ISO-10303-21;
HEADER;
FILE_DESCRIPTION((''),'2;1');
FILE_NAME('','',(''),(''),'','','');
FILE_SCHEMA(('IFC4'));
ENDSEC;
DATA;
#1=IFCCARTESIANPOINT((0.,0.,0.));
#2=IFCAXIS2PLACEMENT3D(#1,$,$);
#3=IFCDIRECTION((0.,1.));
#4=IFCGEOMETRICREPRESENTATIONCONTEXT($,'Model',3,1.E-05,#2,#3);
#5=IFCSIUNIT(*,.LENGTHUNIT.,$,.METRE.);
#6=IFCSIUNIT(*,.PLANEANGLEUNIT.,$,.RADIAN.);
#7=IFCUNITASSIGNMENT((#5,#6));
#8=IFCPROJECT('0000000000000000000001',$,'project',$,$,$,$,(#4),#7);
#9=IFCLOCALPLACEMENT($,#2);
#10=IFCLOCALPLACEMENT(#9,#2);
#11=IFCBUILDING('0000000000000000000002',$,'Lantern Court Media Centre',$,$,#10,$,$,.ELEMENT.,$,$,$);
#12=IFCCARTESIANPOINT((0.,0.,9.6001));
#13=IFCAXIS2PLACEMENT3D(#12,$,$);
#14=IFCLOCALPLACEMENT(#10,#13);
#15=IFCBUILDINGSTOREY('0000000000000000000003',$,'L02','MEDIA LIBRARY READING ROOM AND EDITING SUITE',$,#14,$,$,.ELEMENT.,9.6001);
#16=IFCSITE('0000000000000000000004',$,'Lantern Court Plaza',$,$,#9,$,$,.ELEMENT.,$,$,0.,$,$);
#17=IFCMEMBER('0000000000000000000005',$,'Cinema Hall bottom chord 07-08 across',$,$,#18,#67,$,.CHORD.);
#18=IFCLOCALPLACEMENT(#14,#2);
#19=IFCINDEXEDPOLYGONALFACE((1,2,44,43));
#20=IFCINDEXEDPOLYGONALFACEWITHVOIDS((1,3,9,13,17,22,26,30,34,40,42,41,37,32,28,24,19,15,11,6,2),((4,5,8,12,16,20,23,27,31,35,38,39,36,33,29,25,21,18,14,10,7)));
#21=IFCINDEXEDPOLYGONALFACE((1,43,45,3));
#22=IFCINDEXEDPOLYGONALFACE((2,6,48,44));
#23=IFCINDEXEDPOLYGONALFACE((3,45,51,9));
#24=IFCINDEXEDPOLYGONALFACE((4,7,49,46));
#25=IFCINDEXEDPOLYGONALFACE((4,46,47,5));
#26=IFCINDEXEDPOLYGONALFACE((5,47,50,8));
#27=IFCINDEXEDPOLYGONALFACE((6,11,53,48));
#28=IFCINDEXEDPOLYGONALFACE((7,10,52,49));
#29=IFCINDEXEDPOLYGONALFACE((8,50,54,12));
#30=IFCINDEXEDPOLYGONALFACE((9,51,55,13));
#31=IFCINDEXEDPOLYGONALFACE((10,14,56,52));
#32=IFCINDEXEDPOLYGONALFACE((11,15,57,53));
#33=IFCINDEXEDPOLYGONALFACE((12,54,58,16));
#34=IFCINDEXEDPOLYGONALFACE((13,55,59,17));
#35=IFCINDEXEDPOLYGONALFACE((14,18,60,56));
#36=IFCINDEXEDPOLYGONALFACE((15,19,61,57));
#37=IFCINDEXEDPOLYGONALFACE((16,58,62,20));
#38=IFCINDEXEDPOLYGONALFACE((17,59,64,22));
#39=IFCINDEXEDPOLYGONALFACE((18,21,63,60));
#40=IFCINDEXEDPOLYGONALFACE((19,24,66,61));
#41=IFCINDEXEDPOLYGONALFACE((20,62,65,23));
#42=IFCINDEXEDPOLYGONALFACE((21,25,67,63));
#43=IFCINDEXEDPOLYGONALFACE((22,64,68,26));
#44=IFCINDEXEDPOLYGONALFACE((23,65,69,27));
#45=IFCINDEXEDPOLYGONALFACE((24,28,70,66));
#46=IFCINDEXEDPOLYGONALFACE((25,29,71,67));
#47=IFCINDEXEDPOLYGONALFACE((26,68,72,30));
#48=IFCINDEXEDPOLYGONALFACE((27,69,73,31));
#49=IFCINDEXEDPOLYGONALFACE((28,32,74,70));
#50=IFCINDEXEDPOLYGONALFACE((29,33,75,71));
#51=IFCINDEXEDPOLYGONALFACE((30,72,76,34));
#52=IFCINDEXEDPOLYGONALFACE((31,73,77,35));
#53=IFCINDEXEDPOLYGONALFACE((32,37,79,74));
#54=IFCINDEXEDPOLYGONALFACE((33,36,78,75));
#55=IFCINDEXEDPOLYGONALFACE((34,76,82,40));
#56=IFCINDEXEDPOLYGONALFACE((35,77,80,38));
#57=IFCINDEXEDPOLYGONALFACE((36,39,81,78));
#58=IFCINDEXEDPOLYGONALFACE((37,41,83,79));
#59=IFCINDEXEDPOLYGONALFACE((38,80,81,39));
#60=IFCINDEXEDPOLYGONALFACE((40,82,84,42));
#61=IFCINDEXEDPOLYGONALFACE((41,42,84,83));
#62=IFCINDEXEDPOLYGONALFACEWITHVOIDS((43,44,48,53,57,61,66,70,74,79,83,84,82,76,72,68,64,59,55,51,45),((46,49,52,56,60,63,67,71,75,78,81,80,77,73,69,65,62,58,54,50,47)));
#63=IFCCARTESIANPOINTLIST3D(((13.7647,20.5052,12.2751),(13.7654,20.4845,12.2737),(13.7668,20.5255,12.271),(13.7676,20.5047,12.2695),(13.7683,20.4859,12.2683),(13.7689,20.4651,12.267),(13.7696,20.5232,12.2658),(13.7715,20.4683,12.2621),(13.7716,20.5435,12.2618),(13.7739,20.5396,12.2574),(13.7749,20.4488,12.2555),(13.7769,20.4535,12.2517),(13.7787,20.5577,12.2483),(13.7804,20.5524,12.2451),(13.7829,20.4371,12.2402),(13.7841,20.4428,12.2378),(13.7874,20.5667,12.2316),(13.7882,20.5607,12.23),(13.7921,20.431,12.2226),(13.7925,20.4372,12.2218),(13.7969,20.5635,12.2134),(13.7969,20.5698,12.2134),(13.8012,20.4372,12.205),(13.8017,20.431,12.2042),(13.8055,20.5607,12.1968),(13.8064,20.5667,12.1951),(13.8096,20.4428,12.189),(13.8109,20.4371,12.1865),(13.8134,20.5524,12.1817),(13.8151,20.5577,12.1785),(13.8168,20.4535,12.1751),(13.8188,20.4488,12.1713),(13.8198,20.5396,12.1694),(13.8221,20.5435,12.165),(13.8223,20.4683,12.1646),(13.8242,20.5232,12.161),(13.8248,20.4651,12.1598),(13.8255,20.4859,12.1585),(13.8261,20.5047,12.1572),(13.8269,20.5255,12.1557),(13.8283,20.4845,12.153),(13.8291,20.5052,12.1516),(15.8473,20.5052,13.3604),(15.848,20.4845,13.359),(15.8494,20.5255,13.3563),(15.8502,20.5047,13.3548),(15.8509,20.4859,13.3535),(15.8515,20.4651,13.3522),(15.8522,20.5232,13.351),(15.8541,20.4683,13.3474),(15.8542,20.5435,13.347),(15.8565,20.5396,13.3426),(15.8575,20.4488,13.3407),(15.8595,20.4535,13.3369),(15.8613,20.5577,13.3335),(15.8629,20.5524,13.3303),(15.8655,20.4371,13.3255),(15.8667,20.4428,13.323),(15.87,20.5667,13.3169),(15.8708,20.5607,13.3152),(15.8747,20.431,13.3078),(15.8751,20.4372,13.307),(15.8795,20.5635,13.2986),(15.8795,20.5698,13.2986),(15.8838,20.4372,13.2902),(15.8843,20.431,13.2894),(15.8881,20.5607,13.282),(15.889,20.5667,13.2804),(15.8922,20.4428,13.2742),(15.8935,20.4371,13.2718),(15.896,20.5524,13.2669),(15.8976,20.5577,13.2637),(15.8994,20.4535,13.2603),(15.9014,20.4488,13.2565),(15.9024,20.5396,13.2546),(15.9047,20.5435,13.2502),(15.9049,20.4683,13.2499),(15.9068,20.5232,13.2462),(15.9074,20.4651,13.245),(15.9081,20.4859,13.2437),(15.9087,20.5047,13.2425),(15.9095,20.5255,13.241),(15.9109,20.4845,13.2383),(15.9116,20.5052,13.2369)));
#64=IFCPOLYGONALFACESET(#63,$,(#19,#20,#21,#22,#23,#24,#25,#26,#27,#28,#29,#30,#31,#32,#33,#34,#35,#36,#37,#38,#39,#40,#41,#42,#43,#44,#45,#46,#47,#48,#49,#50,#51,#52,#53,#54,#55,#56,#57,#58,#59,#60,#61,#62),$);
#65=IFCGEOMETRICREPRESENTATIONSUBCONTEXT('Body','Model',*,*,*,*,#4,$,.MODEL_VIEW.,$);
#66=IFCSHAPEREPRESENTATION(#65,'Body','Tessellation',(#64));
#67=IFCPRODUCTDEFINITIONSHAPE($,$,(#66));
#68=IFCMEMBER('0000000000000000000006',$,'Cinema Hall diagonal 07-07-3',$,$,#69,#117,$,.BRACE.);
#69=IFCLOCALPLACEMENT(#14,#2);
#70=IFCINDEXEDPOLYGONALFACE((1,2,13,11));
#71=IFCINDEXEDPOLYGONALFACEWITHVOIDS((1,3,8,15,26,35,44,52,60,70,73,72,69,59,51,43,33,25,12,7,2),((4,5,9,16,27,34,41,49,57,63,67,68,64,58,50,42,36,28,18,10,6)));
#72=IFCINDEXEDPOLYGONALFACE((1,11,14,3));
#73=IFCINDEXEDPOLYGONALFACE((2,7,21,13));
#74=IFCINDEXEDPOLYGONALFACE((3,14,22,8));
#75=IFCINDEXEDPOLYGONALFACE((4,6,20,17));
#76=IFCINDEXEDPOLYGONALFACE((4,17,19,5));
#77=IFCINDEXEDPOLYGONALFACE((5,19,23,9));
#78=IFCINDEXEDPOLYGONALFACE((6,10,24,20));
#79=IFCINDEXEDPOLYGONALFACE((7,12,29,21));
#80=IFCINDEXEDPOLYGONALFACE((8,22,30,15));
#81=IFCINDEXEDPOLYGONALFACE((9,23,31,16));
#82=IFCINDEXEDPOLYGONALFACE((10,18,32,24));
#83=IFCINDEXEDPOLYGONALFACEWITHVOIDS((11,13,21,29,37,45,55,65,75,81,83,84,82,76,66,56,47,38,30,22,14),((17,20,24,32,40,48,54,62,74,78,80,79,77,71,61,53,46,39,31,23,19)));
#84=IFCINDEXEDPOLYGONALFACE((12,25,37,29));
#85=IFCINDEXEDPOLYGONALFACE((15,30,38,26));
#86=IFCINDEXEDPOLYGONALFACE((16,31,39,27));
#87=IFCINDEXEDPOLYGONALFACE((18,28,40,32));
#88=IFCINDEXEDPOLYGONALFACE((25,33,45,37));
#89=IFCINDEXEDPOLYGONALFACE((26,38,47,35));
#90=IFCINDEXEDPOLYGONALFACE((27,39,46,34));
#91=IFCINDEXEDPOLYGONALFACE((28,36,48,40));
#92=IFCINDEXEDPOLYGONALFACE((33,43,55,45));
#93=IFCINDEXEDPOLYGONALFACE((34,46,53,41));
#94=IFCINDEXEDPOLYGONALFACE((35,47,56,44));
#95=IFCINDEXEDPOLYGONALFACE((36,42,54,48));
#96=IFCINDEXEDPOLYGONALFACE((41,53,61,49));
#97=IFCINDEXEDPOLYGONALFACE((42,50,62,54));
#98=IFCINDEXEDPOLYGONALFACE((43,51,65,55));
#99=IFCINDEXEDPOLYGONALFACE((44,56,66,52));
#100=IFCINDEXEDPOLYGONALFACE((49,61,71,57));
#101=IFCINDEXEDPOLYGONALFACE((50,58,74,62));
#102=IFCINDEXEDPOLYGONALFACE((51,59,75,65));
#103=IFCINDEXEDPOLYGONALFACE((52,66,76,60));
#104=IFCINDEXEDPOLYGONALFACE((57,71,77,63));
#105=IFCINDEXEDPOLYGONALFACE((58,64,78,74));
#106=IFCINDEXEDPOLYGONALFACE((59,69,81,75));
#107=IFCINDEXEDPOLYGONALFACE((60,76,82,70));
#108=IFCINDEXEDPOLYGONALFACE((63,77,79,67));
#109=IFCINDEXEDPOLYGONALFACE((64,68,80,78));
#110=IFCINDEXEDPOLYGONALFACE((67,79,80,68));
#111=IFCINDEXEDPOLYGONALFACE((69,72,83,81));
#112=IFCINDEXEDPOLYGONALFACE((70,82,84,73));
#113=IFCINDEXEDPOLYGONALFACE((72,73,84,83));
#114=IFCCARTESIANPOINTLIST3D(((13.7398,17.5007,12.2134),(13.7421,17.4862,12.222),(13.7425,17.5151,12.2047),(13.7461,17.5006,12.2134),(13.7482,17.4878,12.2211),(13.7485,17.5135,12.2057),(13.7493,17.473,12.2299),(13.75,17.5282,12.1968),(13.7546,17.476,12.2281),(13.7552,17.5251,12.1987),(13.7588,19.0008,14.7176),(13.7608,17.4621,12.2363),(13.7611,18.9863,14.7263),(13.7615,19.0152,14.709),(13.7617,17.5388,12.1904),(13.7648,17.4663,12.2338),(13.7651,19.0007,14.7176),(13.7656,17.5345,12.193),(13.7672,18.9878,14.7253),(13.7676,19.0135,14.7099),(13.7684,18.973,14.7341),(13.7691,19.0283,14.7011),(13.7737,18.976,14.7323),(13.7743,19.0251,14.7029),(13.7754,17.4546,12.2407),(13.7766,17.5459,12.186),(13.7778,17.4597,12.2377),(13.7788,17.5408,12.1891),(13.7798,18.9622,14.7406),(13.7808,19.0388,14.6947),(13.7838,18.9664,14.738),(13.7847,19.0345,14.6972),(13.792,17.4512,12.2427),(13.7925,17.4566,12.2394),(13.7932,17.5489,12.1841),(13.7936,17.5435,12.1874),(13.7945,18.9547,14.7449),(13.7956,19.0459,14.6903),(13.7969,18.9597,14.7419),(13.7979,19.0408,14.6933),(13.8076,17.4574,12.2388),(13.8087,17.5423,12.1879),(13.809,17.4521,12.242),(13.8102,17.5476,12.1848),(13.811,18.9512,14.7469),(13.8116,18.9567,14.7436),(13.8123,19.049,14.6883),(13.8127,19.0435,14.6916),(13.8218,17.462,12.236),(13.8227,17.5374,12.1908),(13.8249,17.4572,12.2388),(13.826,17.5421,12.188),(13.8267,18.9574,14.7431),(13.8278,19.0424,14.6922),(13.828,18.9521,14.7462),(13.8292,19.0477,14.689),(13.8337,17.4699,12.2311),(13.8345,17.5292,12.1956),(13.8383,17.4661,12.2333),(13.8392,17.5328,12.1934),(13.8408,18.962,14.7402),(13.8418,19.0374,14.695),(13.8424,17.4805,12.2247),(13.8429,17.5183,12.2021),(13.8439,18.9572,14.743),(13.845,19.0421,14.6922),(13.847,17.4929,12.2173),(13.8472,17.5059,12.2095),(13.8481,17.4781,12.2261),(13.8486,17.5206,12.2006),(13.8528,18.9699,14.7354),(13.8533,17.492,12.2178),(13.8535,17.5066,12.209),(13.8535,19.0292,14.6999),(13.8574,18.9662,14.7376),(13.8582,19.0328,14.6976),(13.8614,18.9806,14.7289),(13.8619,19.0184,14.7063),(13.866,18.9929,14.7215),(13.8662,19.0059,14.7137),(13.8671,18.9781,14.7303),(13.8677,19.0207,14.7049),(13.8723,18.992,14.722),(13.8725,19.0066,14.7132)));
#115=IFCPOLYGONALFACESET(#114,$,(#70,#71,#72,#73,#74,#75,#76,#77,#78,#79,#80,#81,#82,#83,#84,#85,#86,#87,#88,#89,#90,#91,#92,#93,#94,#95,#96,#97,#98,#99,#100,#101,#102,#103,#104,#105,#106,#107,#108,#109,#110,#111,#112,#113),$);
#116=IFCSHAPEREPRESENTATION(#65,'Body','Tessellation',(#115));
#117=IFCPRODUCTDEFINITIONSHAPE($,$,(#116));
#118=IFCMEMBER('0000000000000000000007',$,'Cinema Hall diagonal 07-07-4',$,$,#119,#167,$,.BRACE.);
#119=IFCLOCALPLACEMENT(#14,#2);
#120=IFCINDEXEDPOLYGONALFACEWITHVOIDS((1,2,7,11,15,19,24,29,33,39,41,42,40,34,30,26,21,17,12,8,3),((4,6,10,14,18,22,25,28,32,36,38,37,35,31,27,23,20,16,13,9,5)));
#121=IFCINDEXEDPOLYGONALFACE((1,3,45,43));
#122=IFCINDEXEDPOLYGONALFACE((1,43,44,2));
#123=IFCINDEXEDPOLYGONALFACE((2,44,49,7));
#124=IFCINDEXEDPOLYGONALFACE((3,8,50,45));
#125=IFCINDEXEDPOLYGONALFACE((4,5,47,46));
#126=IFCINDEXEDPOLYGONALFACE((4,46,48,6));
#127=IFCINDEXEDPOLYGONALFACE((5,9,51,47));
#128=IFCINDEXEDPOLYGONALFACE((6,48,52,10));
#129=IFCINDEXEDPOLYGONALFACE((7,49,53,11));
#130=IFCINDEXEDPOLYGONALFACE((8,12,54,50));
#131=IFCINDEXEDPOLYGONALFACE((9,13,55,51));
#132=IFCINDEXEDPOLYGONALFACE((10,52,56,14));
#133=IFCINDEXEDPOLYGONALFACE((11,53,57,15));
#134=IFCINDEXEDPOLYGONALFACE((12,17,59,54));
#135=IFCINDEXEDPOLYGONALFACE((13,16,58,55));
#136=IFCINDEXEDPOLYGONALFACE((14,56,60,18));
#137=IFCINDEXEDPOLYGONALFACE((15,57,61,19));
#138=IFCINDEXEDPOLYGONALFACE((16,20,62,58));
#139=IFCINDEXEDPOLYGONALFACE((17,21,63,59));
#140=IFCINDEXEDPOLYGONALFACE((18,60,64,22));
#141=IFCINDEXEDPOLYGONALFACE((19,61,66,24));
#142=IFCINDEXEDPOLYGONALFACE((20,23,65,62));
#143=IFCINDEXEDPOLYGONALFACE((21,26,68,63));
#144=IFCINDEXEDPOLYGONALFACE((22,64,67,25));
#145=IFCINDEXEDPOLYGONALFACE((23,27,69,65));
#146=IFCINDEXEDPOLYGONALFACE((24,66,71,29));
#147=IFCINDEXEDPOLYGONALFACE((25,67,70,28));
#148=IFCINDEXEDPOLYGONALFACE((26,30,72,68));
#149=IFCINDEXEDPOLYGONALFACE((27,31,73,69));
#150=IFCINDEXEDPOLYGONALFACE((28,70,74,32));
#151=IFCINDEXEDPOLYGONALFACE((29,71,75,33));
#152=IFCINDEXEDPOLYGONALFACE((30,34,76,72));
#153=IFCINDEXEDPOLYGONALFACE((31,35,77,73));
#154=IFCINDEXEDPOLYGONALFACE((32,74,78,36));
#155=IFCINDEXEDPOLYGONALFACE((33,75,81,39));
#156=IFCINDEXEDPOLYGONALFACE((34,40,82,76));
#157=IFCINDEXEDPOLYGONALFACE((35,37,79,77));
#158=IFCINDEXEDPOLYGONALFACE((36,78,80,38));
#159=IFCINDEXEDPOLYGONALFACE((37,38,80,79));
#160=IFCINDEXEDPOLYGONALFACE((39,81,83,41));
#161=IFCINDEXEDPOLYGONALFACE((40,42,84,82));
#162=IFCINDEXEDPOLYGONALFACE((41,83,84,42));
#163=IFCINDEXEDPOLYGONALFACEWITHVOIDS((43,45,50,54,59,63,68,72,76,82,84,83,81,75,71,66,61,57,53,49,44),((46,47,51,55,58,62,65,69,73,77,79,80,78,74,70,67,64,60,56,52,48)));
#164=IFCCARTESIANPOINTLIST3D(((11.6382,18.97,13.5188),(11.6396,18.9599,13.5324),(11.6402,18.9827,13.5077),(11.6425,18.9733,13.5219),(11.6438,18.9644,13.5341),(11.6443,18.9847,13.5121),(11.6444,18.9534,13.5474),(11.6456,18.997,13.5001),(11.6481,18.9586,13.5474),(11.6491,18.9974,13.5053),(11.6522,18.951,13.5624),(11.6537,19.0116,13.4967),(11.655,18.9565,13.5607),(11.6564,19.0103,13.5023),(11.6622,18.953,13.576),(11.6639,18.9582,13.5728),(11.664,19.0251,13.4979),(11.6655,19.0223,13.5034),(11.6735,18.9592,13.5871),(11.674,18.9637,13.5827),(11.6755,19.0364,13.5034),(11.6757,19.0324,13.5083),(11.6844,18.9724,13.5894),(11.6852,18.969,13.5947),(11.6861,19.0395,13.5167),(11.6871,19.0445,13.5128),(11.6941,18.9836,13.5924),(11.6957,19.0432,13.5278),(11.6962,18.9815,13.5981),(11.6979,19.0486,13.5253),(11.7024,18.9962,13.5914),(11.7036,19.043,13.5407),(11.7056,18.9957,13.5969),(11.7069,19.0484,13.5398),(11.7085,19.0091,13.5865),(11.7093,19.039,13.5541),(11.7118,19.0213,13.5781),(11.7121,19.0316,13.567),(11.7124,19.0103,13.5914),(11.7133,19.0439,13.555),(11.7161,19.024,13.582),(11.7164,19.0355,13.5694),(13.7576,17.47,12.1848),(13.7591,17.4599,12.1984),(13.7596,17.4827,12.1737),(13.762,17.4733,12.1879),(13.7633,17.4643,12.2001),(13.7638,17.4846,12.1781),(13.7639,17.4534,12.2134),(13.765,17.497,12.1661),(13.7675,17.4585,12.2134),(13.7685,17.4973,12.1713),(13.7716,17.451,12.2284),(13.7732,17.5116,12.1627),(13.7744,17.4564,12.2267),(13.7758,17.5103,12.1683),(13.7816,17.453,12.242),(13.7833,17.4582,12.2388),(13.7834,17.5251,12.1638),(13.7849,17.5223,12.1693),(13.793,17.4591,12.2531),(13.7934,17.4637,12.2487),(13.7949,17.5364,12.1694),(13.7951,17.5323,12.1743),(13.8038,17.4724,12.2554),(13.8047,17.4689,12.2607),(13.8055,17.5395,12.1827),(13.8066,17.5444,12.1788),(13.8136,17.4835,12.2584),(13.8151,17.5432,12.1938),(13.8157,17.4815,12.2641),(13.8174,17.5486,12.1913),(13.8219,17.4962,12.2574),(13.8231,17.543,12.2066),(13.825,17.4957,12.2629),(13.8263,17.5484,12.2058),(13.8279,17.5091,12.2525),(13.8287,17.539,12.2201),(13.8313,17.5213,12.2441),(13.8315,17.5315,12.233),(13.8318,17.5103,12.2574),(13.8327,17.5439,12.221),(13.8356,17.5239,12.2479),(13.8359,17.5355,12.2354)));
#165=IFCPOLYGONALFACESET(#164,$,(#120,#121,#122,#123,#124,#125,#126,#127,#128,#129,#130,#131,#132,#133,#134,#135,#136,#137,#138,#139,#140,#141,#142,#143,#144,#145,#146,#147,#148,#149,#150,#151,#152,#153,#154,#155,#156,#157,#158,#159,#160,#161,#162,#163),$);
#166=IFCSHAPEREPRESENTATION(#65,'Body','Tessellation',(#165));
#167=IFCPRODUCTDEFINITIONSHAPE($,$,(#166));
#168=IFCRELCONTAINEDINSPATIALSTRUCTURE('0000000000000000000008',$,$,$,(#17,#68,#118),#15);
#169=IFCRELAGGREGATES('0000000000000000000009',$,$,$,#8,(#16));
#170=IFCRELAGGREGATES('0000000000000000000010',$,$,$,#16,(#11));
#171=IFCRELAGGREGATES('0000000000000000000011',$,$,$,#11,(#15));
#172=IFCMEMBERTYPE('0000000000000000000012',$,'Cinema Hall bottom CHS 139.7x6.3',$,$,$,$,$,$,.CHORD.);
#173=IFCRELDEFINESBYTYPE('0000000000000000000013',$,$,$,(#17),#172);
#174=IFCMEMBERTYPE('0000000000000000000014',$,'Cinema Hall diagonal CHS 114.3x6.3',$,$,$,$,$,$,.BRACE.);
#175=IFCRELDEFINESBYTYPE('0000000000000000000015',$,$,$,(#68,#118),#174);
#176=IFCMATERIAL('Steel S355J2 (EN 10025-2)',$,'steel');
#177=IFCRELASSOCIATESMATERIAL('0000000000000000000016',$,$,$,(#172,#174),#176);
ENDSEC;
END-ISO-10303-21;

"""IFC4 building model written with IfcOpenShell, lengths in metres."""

from ifc_helpers import new_model, si_unit, direction, frame, origin, origin_2d, place, context, subcontext, project, spatial, hollow_circle, extrude, material, material_profile, profile_set, type_object, element, save


model = new_model("IFC4")

# Units and contexts
model_context = context("Model", 3, precision=1e-05, world=origin(), true_north=direction((0.0, 1.0)))
body_context = subcontext(model_context, "Body", "Model", "MODEL_VIEW")
ifc_project = project(units=[si_unit("LENGTHUNIT", "METRE"), si_unit("PLANEANGLEUNIT", "RADIAN")], contexts=[model_context])

# Site, building, storey
site_placement = place(None, origin())
site = spatial("IfcSite", under=ifc_project, at=site_placement, Name="Lantern Court Plaza", CompositionType="ELEMENT", RefElevation=0.0)
building_placement = place(site_placement, origin())
building = spatial("IfcBuilding", under=site, at=building_placement, Name="Lantern Court Media Centre", CompositionType="ELEMENT")
storey_placement = place(building_placement, frame((0.0, 0.0, 9.6001)))
storey = spatial("IfcBuildingStorey", under=building, at=storey_placement, Name="L02", Description="MEDIA LIBRARY READING ROOM AND EDITING SUITE", CompositionType="ELEMENT", Elevation=9.6001)

# Members
ifc_material = material(Name="Steel S355J2 (EN 10025-2)", Category="steel")
ifc_material_profile_1 = material_profile(ifc_material, hollow_circle(Radius=0.0698, WallThickness=0.0063, at=origin_2d()), Name="Cinema Hall bottom CHS 139.7x6.3")
ifc_profile_set_1 = profile_set([ifc_material_profile_1], Name="Steel S355J2 (EN 10025-2)")
member_type_1 = type_object("IfcMemberType", Name="Cinema Hall bottom CHS 139.7x6.3", PredefinedType="CHORD", material=ifc_profile_set_1)
member_1_placement = place(storey_placement, frame((13.7969, 20.5, 12.2134), z_axis=(0.886816, 0.0, 0.462122), x_axis=(0.0, 1.0, 0.0)))
element("IfcMember", 1, at=member_1_placement, inside=storey, type_object=member_type_1, Name="Cinema Hall bottom chord 07-08 across", PredefinedType="CHORD", context=body_context, shape_type="SweptSolid", body=[
    extrude(hollow_circle(Radius=0.0698, WallThickness=0.0063, at=origin_2d()), origin(), (0.0, 0.0, 1.0), 2.3484),
])
ifc_material_profile_2 = material_profile(ifc_material, hollow_circle(Radius=0.0571, WallThickness=0.0063, at=origin_2d()), Name="Cinema Hall diagonal CHS 114.3x6.3")
ifc_profile_set_2 = profile_set([ifc_material_profile_2], Name="Steel S355J2 (EN 10025-2)")
member_type_2 = type_object("IfcMemberType", Name="Cinema Hall diagonal CHS 114.3x6.3", PredefinedType="BRACE", material=ifc_profile_set_2)
for number, where, z_axis, x_axis, name in (
    (2, (13.7969, 17.5, 12.2134), (0.006524, 0.513857, 0.857851), (-0.999919, 0.012694, 0.0), "Cinema Hall diagonal 07-07-3"),
    (3, (13.7969, 17.5, 12.2134), (-0.726034, 0.513852, 0.45698), (-0.577702, -0.816248, 0.0), "Cinema Hall diagonal 07-07-4"),
):
    element("IfcMember", number, at=place(storey_placement, frame(where, z_axis=z_axis, x_axis=x_axis)), inside=storey, type_object=member_type_2, Name=name, PredefinedType="BRACE", context=body_context, shape_type="SweptSolid", body=[
        extrude(hollow_circle(Radius=0.0571, WallThickness=0.0063, at=origin_2d()), origin(), (0.0, 0.0, 1.0), 2.9192),
    ])

save(model, "model.ifc")
